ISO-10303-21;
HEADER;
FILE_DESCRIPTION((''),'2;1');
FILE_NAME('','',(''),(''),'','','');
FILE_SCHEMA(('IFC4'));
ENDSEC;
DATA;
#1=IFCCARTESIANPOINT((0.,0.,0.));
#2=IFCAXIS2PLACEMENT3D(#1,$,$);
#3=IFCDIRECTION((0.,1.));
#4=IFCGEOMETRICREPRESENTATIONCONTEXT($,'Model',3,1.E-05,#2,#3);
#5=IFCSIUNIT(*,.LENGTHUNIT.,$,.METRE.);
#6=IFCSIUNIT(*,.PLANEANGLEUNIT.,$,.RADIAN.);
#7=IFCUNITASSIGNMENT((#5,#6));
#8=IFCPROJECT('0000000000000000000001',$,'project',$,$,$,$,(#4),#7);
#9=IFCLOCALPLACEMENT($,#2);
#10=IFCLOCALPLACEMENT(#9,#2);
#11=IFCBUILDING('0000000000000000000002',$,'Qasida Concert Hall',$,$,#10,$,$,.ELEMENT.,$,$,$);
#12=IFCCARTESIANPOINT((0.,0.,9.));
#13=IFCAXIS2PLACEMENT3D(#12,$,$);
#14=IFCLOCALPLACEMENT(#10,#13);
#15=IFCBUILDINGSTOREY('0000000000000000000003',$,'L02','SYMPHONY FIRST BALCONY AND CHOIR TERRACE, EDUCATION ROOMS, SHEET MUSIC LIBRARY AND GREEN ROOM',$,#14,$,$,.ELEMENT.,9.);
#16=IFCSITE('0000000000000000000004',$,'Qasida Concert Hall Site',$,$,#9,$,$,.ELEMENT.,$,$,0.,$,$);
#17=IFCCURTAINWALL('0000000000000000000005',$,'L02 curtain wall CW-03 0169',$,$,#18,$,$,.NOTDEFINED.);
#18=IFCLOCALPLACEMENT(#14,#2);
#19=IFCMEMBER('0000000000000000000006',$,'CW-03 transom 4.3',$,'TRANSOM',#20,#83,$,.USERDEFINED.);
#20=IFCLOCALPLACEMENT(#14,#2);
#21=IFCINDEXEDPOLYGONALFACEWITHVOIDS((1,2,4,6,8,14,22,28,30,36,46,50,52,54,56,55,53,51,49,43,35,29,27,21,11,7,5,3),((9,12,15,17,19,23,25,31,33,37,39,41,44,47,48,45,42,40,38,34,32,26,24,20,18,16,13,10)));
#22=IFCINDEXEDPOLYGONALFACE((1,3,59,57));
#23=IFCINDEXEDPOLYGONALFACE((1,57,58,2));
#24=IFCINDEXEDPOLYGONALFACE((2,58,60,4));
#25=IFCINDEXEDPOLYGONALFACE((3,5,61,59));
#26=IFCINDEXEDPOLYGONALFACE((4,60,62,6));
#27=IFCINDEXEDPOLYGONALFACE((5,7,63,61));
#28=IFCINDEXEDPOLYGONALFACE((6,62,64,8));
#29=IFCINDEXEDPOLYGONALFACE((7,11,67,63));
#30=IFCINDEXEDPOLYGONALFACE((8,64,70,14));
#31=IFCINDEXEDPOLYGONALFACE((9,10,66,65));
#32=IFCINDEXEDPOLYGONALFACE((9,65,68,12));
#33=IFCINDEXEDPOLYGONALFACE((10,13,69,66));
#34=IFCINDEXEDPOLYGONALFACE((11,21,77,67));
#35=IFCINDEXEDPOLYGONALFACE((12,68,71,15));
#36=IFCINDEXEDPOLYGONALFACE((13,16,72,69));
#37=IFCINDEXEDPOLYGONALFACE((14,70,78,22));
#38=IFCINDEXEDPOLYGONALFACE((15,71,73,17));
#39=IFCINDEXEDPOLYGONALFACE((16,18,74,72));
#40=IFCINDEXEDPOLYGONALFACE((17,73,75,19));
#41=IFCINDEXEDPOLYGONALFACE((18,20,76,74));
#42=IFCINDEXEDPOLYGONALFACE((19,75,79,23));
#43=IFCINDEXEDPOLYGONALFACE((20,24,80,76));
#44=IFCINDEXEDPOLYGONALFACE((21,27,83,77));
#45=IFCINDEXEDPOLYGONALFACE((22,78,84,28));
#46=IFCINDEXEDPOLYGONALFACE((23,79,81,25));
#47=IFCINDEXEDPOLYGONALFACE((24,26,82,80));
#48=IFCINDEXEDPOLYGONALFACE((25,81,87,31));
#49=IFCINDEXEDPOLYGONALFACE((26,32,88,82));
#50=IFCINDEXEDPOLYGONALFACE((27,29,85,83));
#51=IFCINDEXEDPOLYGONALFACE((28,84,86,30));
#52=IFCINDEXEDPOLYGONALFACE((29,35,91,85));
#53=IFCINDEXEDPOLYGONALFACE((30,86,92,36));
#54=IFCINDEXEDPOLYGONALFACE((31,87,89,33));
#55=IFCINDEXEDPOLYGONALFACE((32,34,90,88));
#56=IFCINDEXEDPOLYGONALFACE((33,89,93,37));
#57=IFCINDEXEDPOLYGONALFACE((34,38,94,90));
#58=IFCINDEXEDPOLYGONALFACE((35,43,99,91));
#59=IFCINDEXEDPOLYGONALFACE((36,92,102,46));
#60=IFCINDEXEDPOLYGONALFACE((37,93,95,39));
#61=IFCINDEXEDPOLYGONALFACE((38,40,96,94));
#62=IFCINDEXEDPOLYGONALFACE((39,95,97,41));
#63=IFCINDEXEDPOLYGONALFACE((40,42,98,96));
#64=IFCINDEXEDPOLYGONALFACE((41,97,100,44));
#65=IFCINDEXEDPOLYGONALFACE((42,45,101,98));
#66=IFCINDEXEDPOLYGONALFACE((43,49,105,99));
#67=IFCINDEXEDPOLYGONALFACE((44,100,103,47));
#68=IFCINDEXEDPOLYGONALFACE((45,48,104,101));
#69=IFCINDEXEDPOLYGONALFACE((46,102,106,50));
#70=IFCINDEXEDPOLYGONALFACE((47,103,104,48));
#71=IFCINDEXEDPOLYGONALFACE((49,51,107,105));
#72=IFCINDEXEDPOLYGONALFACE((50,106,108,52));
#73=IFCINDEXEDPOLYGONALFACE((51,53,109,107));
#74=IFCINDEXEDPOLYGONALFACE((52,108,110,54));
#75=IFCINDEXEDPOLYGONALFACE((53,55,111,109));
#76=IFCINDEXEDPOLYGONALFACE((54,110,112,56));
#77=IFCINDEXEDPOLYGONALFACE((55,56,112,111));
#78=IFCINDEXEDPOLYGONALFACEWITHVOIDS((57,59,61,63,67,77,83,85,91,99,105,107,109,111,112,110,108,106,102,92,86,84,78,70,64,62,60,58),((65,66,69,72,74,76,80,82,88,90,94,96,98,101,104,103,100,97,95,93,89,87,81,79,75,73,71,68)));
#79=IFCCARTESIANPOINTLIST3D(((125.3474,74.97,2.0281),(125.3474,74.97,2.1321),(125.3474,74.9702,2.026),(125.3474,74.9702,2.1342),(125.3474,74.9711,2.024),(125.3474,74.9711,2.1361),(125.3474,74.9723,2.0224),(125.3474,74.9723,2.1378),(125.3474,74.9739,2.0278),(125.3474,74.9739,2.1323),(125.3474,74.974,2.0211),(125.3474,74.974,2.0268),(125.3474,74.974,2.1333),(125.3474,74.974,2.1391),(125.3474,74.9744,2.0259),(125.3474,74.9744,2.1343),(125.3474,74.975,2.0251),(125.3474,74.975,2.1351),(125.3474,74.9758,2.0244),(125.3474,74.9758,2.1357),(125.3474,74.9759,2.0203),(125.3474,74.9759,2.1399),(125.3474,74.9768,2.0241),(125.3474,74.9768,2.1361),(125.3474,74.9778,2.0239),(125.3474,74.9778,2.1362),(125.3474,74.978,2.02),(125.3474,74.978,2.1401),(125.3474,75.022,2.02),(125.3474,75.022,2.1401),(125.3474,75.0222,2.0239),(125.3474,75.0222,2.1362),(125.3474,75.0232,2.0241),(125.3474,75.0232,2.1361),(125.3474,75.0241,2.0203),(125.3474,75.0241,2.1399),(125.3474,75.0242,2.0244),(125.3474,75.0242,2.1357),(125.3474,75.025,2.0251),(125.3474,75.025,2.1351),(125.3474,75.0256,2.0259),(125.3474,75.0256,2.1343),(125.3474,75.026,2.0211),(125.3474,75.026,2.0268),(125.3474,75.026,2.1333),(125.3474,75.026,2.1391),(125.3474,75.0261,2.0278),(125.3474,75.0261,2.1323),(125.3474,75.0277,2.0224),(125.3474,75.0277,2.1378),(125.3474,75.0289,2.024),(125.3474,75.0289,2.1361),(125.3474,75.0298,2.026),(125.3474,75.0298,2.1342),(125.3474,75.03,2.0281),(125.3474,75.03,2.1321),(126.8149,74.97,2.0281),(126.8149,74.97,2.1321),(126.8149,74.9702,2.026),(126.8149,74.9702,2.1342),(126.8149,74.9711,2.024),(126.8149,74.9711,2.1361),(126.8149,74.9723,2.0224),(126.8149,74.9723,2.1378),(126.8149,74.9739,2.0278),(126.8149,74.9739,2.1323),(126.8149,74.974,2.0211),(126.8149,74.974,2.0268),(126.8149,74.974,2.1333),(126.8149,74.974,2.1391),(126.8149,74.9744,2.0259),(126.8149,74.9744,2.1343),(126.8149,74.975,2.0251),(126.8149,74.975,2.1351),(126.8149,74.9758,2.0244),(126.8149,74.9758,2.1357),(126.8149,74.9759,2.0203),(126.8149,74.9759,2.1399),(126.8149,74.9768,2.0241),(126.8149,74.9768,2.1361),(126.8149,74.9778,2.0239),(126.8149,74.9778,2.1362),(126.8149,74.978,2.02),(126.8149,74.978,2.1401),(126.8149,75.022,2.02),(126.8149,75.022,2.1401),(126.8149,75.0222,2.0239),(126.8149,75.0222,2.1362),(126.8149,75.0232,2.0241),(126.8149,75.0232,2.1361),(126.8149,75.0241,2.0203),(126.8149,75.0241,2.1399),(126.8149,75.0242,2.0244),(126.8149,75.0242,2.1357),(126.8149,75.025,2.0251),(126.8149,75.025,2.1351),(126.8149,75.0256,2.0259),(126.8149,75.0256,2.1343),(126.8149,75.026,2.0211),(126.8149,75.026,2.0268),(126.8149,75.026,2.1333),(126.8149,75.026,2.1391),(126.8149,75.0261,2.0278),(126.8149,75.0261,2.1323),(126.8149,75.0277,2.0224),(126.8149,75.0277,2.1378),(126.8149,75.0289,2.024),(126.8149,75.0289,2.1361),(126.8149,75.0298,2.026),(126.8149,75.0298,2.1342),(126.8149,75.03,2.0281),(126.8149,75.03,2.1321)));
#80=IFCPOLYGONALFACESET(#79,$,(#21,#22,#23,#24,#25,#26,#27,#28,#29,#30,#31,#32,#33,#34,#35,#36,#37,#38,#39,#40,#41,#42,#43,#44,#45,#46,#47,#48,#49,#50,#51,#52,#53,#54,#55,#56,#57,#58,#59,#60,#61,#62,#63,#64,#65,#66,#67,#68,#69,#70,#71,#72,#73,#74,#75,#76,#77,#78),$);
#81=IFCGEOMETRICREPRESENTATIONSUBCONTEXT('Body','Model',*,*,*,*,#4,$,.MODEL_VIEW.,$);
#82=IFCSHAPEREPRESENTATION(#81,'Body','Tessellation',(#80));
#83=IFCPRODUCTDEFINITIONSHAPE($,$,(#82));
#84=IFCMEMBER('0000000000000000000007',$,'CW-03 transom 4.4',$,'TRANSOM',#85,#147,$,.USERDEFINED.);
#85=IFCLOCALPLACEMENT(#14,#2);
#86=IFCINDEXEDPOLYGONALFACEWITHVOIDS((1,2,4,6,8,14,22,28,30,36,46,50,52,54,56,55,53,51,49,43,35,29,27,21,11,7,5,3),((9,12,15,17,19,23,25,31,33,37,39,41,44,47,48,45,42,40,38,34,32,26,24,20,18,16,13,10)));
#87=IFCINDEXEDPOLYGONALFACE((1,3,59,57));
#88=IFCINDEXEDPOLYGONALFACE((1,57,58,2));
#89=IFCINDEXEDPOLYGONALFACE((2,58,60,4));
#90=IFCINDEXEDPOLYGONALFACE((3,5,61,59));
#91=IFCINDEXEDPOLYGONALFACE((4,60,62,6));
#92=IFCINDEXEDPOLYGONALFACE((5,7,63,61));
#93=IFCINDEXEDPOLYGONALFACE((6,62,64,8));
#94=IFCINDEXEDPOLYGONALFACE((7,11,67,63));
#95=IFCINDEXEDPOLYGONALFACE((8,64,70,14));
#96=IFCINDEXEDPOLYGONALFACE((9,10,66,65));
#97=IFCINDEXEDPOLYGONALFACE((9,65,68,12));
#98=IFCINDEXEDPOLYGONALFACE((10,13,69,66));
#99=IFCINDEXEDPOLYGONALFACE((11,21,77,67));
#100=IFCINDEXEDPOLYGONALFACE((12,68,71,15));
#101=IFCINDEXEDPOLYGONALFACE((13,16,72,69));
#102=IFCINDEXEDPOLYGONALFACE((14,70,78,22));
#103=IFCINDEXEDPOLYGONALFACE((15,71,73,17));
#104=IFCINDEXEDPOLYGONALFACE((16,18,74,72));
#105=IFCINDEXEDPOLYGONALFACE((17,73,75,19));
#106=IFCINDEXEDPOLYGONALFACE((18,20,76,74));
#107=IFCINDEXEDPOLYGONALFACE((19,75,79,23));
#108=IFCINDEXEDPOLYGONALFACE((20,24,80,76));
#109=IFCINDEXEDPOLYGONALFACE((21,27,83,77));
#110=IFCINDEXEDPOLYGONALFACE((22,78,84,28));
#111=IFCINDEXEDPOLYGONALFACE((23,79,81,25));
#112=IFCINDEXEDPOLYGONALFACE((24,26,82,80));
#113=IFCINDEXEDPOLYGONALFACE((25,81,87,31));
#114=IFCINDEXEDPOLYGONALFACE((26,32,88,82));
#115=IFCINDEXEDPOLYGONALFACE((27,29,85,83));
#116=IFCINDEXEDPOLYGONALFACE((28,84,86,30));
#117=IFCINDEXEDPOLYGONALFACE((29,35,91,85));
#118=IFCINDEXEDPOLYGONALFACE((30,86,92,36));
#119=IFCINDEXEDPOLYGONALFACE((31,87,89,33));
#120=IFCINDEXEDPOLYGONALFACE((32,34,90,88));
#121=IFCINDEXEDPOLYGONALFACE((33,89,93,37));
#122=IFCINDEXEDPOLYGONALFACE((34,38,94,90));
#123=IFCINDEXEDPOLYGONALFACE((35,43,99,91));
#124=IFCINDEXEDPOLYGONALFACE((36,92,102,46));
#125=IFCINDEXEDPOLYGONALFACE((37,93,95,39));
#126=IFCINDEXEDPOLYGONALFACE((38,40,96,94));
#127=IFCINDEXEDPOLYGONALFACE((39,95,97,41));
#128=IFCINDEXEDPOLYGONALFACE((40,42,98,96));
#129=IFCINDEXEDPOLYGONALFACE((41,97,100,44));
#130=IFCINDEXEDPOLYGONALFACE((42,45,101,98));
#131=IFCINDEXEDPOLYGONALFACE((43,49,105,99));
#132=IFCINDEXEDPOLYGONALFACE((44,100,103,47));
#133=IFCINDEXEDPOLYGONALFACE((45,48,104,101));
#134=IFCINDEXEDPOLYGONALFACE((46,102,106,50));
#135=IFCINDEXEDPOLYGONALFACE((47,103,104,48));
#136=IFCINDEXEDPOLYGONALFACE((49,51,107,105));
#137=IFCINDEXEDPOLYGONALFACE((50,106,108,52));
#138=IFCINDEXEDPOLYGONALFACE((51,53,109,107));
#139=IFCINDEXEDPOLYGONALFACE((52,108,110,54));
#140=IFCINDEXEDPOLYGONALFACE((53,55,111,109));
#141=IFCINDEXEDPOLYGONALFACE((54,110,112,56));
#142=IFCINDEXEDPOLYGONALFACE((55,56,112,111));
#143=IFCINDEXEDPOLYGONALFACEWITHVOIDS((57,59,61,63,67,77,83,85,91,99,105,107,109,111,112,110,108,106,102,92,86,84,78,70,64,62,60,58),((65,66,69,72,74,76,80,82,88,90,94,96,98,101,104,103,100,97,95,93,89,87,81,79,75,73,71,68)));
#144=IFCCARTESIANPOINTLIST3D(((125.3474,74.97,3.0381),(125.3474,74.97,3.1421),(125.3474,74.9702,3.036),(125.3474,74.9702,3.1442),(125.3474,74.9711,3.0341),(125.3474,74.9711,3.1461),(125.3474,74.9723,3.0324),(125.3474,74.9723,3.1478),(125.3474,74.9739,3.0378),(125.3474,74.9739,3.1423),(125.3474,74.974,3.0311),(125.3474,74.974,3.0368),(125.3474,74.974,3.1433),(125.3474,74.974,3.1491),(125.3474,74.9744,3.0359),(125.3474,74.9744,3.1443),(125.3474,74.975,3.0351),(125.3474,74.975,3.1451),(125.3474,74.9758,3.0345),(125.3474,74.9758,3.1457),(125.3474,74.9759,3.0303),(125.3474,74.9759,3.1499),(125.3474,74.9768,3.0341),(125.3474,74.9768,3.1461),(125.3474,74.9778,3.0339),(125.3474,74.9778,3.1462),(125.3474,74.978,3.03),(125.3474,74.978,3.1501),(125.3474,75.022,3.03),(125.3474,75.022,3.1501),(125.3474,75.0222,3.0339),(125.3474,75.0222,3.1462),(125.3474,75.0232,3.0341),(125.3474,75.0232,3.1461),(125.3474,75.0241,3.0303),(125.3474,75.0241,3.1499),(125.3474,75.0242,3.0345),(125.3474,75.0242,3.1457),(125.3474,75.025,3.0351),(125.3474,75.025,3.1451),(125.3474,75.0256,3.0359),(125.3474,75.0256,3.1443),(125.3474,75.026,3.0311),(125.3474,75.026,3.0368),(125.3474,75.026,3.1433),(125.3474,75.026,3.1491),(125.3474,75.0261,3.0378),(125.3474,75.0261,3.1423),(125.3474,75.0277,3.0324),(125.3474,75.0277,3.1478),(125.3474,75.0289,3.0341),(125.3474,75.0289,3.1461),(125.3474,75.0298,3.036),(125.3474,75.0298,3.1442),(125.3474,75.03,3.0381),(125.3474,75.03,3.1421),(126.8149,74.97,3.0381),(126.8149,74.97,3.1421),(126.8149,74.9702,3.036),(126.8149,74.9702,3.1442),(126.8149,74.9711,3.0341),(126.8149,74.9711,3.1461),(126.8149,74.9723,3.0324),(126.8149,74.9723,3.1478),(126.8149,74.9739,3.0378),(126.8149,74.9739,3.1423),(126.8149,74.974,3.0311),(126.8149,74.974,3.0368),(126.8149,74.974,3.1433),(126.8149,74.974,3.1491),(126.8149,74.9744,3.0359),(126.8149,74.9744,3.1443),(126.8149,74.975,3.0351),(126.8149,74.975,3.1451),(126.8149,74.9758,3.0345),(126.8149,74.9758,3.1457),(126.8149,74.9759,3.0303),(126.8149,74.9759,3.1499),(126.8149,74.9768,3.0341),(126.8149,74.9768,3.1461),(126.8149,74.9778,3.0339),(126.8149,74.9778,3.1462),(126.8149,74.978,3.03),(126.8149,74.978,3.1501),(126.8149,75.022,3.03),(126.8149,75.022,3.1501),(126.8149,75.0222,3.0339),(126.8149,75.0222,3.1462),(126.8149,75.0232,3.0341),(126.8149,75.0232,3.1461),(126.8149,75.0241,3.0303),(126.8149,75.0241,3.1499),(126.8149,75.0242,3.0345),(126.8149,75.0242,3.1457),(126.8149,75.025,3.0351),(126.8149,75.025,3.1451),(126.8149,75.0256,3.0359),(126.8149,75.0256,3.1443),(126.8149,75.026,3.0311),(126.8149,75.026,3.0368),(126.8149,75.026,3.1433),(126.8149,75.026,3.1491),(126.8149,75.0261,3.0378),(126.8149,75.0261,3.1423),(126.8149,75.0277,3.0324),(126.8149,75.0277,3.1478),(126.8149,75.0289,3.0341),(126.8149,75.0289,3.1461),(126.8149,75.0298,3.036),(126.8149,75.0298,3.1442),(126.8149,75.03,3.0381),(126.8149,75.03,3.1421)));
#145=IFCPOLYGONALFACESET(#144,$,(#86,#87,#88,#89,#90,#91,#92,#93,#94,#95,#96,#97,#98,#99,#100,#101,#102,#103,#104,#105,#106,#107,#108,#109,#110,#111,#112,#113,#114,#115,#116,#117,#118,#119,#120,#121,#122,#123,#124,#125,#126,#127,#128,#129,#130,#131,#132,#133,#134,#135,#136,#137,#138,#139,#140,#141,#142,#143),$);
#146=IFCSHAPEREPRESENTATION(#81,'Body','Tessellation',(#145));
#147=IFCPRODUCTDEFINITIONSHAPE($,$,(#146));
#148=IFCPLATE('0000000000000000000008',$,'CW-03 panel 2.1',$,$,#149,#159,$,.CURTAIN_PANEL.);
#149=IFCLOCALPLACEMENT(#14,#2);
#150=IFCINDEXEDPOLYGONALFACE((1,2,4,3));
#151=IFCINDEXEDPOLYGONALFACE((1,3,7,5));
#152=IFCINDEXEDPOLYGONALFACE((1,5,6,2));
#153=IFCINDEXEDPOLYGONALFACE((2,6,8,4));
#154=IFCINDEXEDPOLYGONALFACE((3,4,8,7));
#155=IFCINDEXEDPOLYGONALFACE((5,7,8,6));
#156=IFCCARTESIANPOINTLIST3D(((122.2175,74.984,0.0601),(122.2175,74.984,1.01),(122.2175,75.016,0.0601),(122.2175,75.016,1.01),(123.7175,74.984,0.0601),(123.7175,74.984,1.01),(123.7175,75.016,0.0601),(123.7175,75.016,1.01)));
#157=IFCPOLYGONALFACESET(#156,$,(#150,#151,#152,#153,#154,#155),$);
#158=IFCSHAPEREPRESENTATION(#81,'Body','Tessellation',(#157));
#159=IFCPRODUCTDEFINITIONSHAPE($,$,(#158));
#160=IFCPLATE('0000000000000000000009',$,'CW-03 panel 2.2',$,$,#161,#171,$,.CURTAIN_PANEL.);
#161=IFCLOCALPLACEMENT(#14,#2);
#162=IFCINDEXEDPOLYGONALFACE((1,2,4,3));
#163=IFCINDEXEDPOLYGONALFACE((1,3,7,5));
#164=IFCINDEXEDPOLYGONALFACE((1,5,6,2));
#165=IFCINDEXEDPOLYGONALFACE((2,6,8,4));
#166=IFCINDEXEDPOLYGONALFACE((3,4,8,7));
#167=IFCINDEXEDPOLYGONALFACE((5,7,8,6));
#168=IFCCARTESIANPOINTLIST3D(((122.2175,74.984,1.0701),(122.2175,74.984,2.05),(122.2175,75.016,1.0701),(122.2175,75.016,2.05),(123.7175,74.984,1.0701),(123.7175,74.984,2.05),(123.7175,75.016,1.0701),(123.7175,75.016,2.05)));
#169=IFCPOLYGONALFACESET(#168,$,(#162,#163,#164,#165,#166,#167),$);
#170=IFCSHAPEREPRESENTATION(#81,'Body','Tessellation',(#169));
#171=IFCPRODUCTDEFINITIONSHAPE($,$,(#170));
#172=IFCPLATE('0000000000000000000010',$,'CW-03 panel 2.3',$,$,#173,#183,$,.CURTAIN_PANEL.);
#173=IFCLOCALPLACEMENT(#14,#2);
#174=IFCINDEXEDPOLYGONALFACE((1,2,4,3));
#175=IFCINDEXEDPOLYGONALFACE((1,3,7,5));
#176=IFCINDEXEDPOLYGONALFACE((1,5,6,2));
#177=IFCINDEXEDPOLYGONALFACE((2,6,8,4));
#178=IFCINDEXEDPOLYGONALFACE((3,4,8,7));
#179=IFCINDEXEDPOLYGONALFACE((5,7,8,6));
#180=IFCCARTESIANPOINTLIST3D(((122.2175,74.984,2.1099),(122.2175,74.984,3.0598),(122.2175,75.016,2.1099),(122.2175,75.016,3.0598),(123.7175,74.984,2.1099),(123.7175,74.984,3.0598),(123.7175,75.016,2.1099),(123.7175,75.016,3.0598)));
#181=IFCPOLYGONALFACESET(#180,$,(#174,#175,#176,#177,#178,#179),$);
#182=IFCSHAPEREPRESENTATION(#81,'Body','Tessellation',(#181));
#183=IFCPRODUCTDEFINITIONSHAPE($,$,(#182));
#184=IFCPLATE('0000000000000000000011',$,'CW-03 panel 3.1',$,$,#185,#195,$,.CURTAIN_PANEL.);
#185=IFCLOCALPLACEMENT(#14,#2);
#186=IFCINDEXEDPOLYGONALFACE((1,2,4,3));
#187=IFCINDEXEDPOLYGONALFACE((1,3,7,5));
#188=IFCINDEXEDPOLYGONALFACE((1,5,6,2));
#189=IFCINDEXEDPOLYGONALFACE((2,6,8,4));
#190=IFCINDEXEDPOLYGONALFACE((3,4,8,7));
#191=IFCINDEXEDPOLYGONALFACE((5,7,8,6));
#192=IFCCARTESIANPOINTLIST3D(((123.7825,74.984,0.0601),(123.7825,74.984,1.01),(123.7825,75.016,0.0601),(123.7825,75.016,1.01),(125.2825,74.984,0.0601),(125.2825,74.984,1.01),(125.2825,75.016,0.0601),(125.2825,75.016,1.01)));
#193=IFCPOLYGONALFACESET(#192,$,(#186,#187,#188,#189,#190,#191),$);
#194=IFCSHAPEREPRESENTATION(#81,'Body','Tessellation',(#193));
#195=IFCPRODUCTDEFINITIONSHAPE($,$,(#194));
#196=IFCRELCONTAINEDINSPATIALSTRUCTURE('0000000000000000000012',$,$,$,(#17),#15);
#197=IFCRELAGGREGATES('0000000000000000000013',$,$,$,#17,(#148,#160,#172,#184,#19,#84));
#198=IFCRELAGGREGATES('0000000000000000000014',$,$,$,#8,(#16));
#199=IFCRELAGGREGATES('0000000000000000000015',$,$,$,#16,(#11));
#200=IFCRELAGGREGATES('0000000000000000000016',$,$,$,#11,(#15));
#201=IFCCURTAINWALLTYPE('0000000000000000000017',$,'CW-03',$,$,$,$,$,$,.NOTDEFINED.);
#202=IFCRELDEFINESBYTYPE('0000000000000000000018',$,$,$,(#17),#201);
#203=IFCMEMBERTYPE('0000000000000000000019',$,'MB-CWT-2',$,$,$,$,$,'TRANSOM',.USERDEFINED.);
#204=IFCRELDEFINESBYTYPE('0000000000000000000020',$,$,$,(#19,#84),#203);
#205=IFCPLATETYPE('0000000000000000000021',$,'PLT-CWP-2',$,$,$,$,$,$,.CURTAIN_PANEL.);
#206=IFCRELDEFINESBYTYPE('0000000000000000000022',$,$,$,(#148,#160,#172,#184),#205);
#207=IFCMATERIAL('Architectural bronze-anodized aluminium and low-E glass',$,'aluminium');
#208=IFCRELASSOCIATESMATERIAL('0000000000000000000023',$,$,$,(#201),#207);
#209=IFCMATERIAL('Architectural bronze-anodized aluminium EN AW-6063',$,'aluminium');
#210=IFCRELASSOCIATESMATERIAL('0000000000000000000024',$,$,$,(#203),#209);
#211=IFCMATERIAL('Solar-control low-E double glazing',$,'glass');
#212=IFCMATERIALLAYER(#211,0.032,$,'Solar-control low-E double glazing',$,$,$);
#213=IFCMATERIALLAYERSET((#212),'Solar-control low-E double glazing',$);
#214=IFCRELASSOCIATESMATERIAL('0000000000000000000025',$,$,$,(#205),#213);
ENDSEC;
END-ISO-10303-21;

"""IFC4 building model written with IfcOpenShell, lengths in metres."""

from ifc_helpers import new_model, si_unit, direction, frame, origin, origin_2d, place, context, subcontext, project, spatial, rectangle, hollow_rectangle, extrude, material, layer, layer_set, material_profile, profile_set, type_object, element, aggregate, save


model = new_model("IFC4")

# Units and contexts
model_context = context("Model", 3, precision=1e-05, world=origin(), true_north=direction((0.0, 1.0)))
body_context = subcontext(model_context, "Body", "Model", "MODEL_VIEW")
ifc_project = project(units=[si_unit("LENGTHUNIT", "METRE"), si_unit("PLANEANGLEUNIT", "RADIAN")], contexts=[model_context])

# Site, building, storey
site_placement = place(None, origin())
site = spatial("IfcSite", under=ifc_project, at=site_placement, Name="Qasida Concert Hall Site", CompositionType="ELEMENT", RefElevation=0.0)
building_placement = place(site_placement, origin())
building = spatial("IfcBuilding", under=site, at=building_placement, Name="Qasida Concert Hall", CompositionType="ELEMENT")
storey_placement = place(building_placement, frame((0.0, 0.0, 9.0)))
storey = spatial("IfcBuildingStorey", under=building, at=storey_placement, Name="L02", Description="SYMPHONY FIRST BALCONY AND CHOIR TERRACE, EDUCATION ROOMS, SHEET MUSIC LIBRARY AND GREEN ROOM", CompositionType="ELEMENT", Elevation=9.0)

# Curtain wall, members, plates
ifc_material_1 = material(Name="Architectural bronze-anodized aluminium and low-E glass", Category="aluminium")
curtain_wall_type = type_object("IfcCurtainWallType", Name="CW-03", PredefinedType="NOTDEFINED", material=ifc_material_1)
curtain_wall_placement = place(storey_placement, origin())
curtain_wall = element("IfcCurtainWall", 1, at=curtain_wall_placement, inside=storey, type_object=curtain_wall_type, Name="L02 curtain wall CW-03 0169", PredefinedType="NOTDEFINED")
ifc_material_2 = material(Name="Architectural bronze-anodized aluminium EN AW-6063", Category="aluminium")
ifc_material_profile_1 = material_profile(ifc_material_2, hollow_rectangle(XDim=0.0601, YDim=0.1201, WallThickness=0.0039, InnerFilletRadius=0.0039, OuterFilletRadius=0.0081, at=origin_2d()), Name="CWT 120x60x4")
ifc_profile_set_1 = profile_set([ifc_material_profile_1], Name="Architectural bronze-anodized aluminium EN AW-6063")
member_type_1 = type_object("IfcMemberType", Name="MB-CWT-2", ElementType="TRANSOM", PredefinedType="USERDEFINED", material=ifc_profile_set_1)
member_1_placement = place(storey_placement, frame((125.3474, 75.0, 2.0801), z_axis=(1.0, 0.0, 0.0), x_axis=(0.0, 1.0, 0.0)))
member_1 = element("IfcMember", 2, at=member_1_placement, type_object=member_type_1, Name="CW-03 transom 4.3", ObjectType="TRANSOM", PredefinedType="USERDEFINED", context=body_context, shape_type="SweptSolid", body=[
    extrude(hollow_rectangle(XDim=0.0601, YDim=0.1201, WallThickness=0.0039, InnerFilletRadius=0.0039, OuterFilletRadius=0.0081, at=origin_2d()), origin(), (0.0, 0.0, 1.0), 1.4675),
])
member_2_placement = place(storey_placement, frame((125.3474, 75.0, 3.0901), z_axis=(1.0, 0.0, 0.0), x_axis=(0.0, 1.0, 0.0)))
member_2 = element("IfcMember", 3, at=member_2_placement, type_object=member_type_1, Name="CW-03 transom 4.4", ObjectType="TRANSOM", PredefinedType="USERDEFINED", context=body_context, shape_type="SweptSolid", body=[
    extrude(hollow_rectangle(XDim=0.0601, YDim=0.1201, WallThickness=0.0039, InnerFilletRadius=0.0039, OuterFilletRadius=0.0081, at=origin_2d()), origin(), (0.0, 0.0, 1.0), 1.4675),
])
ifc_material_3 = material(Name="Solar-control low-E double glazing", Category="glass")
ifc_layer_1 = layer(ifc_material_3, 0.032, Name="Solar-control low-E double glazing")
ifc_layer_set_1 = layer_set([ifc_layer_1], Name="Solar-control low-E double glazing")
plate_type = type_object("IfcPlateType", Name="PLT-CWP-2", PredefinedType="CURTAIN_PANEL", material=ifc_layer_set_1)
plate_1_placement = place(storey_placement, frame((122.9675, 75.0, 0.0601), z_axis=(0.0, 0.0, 1.0), x_axis=(1.0, 0.0, 0.0)))
plate_1 = element("IfcPlate", 4, at=plate_1_placement, type_object=plate_type, Name="CW-03 panel 2.1", PredefinedType="CURTAIN_PANEL", context=body_context, shape_type="SweptSolid", body=[
    extrude(rectangle(XDim=1.5, YDim=0.032, at=origin_2d()), origin(), (0.0, 0.0, 1.0), 0.95),
])
plate_2_placement = place(storey_placement, frame((122.9675, 75.0, 1.0701), z_axis=(0.0, 0.0, 1.0), x_axis=(1.0, 0.0, 0.0)))
plate_2 = element("IfcPlate", 5, at=plate_2_placement, type_object=plate_type, Name="CW-03 panel 2.2", PredefinedType="CURTAIN_PANEL", context=body_context, shape_type="SweptSolid", body=[
    extrude(rectangle(XDim=1.5, YDim=0.032, at=origin_2d()), origin(), (0.0, 0.0, 1.0), 0.98),
])
plate_3_placement = place(storey_placement, frame((122.9675, 75.0, 2.1099), z_axis=(0.0, 0.0, 1.0), x_axis=(1.0, 0.0, 0.0)))
plate_3 = element("IfcPlate", 6, at=plate_3_placement, type_object=plate_type, Name="CW-03 panel 2.3", PredefinedType="CURTAIN_PANEL", context=body_context, shape_type="SweptSolid", body=[
    extrude(rectangle(XDim=1.5, YDim=0.032, at=origin_2d()), origin(), (0.0, 0.0, 1.0), 0.95),
])
plate_4_placement = place(storey_placement, frame((124.5325, 75.0, 0.0601), z_axis=(0.0, 0.0, 1.0), x_axis=(1.0, 0.0, 0.0)))
plate_4 = element("IfcPlate", 7, at=plate_4_placement, type_object=plate_type, Name="CW-03 panel 3.1", PredefinedType="CURTAIN_PANEL", context=body_context, shape_type="SweptSolid", body=[
    extrude(rectangle(XDim=1.5, YDim=0.032, at=origin_2d()), origin(), (0.0, 0.0, 1.0), 0.95),
])
aggregate(curtain_wall, [plate_1, plate_2, plate_3, plate_4, member_1, member_2])

save(model, "model.ifc")
